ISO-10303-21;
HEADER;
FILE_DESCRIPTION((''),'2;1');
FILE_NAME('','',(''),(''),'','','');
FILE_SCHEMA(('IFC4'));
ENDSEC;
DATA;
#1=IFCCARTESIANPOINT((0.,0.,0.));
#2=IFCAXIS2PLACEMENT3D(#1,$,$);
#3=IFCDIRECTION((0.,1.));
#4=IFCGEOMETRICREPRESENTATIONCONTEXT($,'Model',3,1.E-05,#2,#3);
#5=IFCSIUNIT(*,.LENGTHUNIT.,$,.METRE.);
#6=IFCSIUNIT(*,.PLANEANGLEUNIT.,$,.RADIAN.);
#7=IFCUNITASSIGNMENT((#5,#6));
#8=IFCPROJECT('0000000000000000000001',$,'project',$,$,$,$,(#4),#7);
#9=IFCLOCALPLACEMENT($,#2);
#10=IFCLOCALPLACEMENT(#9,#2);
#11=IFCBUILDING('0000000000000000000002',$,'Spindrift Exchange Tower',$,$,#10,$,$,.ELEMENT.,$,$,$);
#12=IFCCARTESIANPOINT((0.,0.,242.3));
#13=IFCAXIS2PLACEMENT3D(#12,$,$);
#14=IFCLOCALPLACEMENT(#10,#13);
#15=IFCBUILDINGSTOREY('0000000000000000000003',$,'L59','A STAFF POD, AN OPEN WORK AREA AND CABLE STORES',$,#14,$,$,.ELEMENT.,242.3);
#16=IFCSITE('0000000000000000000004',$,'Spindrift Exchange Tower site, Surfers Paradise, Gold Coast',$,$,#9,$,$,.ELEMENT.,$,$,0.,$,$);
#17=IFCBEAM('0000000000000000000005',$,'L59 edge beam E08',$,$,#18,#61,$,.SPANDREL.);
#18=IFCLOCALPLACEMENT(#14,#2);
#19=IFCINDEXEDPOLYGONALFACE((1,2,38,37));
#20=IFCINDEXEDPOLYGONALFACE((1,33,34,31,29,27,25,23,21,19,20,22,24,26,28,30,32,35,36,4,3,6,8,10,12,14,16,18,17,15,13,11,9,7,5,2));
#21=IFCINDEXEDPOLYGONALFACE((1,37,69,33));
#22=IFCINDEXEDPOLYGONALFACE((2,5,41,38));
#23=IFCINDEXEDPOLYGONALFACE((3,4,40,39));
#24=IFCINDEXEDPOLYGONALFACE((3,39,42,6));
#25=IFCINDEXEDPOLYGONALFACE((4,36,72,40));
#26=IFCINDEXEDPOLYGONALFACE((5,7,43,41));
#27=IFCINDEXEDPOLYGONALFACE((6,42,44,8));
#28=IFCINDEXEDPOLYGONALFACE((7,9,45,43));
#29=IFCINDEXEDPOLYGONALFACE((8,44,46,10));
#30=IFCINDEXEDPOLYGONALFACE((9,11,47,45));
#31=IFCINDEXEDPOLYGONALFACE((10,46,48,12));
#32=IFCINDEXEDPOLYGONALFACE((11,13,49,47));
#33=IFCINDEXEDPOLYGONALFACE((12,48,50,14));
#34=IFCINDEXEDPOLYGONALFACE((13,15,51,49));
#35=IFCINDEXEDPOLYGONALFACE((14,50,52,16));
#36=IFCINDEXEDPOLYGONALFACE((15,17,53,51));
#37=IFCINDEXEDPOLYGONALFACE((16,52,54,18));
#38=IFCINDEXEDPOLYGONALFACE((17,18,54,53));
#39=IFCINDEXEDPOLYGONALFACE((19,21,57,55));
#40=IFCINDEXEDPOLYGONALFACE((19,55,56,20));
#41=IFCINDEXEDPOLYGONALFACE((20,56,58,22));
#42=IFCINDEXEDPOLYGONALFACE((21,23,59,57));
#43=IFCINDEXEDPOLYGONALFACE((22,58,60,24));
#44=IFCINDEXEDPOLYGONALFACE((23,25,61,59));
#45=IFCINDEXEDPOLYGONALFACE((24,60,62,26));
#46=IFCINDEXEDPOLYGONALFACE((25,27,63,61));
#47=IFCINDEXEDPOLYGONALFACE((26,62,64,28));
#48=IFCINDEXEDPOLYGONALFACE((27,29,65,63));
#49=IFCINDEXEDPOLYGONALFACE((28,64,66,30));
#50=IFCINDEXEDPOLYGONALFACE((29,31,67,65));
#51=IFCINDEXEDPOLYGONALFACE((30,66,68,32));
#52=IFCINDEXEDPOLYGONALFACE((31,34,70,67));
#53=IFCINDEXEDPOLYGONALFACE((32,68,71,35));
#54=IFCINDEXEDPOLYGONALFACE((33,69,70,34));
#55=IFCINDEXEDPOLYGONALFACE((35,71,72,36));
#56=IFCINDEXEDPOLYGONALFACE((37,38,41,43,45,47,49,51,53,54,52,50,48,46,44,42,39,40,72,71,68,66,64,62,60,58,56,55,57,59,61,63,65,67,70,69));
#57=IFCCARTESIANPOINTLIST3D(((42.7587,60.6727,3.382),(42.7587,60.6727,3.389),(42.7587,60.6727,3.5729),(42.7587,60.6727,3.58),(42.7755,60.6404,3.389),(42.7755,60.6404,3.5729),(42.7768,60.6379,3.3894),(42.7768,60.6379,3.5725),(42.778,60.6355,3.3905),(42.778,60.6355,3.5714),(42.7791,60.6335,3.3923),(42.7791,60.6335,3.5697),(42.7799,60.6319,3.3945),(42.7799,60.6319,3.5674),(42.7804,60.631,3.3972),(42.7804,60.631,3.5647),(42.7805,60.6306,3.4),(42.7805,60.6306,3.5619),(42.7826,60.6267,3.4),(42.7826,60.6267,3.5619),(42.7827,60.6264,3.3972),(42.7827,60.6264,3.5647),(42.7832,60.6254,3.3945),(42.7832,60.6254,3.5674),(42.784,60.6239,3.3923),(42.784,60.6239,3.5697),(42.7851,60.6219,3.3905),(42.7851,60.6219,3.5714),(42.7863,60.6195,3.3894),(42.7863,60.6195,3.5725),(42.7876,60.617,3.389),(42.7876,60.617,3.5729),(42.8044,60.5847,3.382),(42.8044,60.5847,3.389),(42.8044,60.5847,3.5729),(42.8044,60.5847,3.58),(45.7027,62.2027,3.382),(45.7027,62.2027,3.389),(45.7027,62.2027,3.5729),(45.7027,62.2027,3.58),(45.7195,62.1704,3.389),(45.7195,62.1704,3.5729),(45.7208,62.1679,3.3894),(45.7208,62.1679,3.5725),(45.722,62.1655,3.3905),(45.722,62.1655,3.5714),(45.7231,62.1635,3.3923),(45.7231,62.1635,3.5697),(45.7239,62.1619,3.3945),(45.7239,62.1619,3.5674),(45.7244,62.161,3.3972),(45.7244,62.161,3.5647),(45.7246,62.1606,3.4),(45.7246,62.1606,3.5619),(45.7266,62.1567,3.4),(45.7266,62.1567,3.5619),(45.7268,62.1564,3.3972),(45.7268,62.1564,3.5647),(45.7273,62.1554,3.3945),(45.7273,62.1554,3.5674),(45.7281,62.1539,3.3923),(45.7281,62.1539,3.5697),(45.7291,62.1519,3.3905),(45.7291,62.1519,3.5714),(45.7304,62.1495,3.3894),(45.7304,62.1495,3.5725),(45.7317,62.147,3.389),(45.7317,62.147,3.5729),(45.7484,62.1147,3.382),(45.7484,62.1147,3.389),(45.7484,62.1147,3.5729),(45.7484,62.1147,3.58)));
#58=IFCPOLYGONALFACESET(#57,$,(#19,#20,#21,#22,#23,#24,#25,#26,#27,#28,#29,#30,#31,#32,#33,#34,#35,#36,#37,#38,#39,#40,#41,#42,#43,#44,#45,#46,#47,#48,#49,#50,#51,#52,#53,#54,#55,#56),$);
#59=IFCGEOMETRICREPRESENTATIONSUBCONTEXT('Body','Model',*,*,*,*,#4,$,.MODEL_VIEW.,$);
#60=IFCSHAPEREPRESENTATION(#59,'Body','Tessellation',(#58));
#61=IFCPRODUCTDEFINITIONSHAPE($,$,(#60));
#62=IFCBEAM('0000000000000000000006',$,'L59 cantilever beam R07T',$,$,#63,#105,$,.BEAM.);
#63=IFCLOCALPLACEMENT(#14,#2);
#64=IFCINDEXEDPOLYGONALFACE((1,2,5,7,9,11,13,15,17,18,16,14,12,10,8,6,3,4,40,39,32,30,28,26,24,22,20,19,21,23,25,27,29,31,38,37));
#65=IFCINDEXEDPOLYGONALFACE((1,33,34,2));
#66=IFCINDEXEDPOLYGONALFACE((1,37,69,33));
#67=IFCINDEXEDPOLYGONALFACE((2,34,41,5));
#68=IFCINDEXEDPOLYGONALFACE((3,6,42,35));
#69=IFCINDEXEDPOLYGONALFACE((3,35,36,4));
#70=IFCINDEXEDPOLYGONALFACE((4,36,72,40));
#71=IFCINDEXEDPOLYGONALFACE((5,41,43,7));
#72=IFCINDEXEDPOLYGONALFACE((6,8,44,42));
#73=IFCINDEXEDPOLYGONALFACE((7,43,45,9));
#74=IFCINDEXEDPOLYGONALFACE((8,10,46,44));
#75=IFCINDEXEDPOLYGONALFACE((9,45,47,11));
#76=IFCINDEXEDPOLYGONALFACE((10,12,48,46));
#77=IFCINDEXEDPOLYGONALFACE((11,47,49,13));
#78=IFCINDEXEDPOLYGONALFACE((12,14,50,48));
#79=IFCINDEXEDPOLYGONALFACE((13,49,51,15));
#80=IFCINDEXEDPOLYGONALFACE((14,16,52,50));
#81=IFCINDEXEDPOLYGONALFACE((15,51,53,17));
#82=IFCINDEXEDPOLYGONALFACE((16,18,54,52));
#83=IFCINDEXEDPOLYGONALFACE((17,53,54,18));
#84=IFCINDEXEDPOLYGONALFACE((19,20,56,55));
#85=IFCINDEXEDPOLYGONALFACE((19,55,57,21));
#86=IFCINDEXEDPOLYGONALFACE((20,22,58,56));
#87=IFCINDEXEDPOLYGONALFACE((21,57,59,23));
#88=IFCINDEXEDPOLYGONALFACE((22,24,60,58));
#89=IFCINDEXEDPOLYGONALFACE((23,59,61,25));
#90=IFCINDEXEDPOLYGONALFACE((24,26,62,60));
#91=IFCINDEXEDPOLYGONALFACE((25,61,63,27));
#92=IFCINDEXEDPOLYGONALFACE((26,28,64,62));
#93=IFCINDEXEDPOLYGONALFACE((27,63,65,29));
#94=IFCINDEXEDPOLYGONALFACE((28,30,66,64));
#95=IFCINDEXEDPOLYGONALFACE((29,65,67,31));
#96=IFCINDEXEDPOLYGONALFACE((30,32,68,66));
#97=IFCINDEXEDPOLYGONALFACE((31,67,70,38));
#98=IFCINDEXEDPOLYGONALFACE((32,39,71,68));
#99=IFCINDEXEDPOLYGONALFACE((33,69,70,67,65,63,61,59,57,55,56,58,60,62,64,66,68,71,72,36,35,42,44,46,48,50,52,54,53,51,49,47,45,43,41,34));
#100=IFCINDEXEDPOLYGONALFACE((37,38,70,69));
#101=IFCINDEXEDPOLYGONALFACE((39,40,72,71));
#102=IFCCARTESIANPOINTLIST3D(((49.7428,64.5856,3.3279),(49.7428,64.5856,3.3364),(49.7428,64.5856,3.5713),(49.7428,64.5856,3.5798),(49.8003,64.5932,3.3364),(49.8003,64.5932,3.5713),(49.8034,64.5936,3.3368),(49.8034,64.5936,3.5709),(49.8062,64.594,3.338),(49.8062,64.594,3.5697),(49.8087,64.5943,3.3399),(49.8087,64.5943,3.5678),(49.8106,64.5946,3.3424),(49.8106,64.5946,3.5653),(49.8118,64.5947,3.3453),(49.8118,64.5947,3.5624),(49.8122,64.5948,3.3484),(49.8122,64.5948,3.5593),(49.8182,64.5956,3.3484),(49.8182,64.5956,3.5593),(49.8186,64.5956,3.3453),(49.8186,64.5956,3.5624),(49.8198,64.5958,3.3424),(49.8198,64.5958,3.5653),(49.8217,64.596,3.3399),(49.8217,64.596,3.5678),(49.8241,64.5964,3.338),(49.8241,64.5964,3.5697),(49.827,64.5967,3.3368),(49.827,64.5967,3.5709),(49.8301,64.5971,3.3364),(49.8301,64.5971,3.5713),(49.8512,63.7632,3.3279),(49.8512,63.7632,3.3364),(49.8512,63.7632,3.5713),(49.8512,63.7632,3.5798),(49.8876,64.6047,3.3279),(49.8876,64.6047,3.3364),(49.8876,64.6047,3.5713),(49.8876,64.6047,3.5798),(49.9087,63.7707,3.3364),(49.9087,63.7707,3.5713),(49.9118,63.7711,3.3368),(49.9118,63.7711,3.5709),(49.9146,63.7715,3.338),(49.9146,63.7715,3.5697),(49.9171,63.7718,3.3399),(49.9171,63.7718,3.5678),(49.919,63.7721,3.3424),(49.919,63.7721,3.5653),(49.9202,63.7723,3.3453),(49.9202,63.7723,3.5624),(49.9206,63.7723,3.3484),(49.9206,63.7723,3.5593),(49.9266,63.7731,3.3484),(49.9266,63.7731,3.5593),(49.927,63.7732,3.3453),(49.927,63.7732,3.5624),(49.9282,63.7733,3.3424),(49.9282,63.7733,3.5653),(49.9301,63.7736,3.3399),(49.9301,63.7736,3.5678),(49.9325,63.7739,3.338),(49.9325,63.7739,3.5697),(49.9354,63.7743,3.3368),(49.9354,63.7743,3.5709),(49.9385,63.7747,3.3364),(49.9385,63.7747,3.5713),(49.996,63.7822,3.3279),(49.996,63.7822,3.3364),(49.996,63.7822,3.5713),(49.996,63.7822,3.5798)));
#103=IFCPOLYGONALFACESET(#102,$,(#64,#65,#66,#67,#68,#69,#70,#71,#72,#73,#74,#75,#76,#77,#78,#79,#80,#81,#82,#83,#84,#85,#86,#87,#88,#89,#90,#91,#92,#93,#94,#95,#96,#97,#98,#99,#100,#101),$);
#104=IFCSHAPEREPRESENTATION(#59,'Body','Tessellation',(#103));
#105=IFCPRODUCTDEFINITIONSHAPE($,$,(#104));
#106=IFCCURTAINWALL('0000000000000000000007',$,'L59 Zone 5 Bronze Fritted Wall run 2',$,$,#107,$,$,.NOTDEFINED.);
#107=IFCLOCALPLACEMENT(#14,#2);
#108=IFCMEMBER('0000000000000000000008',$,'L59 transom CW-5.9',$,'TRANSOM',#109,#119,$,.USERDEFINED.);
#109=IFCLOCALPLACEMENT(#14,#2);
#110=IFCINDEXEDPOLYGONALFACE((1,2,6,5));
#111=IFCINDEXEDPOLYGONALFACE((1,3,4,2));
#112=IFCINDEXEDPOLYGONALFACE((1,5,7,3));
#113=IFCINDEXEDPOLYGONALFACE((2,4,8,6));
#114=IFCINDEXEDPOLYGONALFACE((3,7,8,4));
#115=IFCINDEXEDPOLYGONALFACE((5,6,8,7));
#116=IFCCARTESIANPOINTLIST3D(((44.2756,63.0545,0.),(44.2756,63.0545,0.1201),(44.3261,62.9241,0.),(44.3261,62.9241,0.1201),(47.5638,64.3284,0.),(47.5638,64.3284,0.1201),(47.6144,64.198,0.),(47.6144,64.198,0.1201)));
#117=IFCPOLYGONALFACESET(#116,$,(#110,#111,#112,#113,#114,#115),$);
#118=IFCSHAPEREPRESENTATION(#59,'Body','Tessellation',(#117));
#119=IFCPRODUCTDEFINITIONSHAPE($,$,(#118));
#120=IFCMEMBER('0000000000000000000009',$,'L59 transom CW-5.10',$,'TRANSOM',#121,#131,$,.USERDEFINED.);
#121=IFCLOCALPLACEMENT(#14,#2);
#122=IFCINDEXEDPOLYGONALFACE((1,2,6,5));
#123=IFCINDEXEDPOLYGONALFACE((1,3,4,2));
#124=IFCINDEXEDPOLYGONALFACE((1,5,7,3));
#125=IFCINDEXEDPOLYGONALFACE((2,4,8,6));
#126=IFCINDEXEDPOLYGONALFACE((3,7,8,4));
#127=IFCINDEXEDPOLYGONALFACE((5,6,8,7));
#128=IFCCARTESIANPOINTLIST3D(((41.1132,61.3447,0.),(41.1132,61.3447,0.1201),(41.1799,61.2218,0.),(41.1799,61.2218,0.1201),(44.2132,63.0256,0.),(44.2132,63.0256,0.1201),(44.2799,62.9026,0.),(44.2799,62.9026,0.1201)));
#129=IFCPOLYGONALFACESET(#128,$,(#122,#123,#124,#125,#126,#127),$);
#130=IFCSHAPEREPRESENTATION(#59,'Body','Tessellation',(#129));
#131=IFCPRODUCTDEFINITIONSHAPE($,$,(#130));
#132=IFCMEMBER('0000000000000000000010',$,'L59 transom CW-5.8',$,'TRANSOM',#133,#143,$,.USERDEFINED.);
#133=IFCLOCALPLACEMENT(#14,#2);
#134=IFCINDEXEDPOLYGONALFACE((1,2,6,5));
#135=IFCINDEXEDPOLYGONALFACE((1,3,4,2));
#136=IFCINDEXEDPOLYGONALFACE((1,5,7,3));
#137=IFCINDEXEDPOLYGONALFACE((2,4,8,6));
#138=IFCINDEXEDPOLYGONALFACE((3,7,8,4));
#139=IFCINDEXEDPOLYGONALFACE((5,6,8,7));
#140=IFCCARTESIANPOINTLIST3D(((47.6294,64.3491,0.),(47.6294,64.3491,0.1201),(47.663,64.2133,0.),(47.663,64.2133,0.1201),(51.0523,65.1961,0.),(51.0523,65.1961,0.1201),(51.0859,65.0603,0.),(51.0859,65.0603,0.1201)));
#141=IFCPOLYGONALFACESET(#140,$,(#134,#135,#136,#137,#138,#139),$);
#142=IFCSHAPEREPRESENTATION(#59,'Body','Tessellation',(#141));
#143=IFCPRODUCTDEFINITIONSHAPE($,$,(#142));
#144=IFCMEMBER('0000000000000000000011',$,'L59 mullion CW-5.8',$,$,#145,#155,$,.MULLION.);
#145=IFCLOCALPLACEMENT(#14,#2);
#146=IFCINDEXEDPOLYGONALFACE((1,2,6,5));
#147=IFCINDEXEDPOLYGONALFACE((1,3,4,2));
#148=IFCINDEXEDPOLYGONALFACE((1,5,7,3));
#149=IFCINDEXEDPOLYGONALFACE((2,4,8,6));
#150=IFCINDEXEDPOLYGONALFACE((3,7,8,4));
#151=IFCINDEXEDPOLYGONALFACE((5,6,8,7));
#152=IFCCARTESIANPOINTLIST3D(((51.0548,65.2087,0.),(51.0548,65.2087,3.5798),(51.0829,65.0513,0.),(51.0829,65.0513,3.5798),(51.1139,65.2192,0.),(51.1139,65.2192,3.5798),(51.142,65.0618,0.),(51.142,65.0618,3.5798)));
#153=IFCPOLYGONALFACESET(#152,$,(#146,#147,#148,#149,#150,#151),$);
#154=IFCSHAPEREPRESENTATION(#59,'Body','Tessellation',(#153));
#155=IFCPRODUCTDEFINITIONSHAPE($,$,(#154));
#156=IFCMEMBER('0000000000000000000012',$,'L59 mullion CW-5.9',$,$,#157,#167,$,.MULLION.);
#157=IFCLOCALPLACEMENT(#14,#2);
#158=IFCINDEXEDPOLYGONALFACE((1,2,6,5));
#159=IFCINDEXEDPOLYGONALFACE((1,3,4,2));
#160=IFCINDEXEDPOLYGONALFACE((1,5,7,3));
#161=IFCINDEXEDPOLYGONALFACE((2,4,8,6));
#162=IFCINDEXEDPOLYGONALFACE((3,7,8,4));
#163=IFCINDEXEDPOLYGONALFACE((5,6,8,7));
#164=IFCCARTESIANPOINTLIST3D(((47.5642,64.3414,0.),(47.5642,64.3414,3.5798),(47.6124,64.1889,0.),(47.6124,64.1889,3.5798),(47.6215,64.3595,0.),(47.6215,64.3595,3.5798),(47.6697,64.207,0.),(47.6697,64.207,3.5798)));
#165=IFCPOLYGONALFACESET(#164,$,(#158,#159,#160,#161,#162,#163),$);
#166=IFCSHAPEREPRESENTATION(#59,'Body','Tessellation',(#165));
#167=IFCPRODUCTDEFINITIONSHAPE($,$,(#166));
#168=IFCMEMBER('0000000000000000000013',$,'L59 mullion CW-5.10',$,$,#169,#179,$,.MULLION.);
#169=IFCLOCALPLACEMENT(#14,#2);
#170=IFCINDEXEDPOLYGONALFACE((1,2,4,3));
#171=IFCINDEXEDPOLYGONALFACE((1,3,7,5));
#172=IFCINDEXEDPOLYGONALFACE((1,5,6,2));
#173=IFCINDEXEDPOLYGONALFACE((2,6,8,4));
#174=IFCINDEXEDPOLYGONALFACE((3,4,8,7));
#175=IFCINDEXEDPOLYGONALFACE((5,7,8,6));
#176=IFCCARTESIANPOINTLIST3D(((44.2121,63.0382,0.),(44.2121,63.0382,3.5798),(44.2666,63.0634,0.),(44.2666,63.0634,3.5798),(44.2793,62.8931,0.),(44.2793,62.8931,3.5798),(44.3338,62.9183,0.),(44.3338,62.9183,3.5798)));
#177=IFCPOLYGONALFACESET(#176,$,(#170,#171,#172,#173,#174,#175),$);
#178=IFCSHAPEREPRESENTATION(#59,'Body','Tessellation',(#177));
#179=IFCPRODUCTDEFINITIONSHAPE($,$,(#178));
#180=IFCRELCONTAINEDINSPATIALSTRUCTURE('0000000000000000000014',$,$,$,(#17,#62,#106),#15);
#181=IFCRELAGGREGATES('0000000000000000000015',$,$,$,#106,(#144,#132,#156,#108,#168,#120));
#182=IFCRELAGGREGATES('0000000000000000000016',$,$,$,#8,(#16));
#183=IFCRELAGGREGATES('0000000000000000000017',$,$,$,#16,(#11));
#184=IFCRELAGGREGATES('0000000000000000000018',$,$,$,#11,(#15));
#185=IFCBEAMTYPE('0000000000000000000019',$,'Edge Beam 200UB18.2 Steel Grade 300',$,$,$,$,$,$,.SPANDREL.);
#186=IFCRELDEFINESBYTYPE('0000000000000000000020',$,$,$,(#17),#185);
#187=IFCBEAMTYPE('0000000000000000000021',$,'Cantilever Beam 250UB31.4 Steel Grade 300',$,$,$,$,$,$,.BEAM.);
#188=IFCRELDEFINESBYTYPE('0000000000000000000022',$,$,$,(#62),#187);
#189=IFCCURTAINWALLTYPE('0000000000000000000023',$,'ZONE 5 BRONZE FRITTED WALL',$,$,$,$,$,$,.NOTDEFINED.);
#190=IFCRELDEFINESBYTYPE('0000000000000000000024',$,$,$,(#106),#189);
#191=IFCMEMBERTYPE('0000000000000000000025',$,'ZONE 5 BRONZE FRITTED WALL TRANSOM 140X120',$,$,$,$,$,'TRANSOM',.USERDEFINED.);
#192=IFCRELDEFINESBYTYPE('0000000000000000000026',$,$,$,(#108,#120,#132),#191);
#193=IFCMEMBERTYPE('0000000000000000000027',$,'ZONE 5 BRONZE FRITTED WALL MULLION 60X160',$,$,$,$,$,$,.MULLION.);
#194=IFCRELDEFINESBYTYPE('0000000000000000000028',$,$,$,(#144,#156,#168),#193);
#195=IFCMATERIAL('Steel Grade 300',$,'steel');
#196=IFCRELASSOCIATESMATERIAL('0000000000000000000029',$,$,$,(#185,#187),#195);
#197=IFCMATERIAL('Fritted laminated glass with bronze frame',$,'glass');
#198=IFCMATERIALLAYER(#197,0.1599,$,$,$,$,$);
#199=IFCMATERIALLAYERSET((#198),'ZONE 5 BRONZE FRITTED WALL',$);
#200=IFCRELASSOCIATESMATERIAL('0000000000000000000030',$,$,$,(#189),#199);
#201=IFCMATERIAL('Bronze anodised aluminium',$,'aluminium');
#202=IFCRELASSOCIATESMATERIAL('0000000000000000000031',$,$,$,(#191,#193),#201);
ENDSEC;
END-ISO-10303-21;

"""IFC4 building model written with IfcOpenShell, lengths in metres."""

from ifc_helpers import new_model, si_unit, direction, frame, origin, origin_2d, place, context, subcontext, project, spatial, rectangle, i_section, extrude, source, transform, mapped, material, layer, layer_set, material_profile, profile_set, type_object, element, aggregate, save


model = new_model("IFC4")

# Units and contexts
model_context = context("Model", 3, precision=1e-05, world=origin(), true_north=direction((0.0, 1.0)))
body_context = subcontext(model_context, "Body", "Model", "MODEL_VIEW")
ifc_project = project(units=[si_unit("LENGTHUNIT", "METRE"), si_unit("PLANEANGLEUNIT", "RADIAN")], contexts=[model_context])

# Site, building, storey
site_placement = place(None, origin())
site = spatial("IfcSite", under=ifc_project, at=site_placement, Name="Spindrift Exchange Tower site, Surfers Paradise, Gold Coast", CompositionType="ELEMENT", RefElevation=0.0)
building_placement = place(site_placement, origin())
building = spatial("IfcBuilding", under=site, at=building_placement, Name="Spindrift Exchange Tower", CompositionType="ELEMENT")
storey_placement = place(building_placement, frame((0.0, 0.0, 242.3)))
storey = spatial("IfcBuildingStorey", under=building, at=storey_placement, Name="L59", Description="A STAFF POD, AN OPEN WORK AREA AND CABLE STORES", CompositionType="ELEMENT", Elevation=242.3)

# Beams
ifc_material_1 = material(Name="Steel Grade 300", Category="steel")
ifc_material_profile_1 = material_profile(ifc_material_1, i_section(OverallWidth=0.0991, OverallDepth=0.198, WebThickness=0.0044, FlangeThickness=0.0071, FilletRadius=0.011, at=origin_2d()), Name="200UB18.2")
ifc_profile_set_1 = profile_set([ifc_material_profile_1], Name="Steel Grade 300")
beam_type_1 = type_object("IfcBeamType", Name="Edge Beam 200UB18.2 Steel Grade 300", PredefinedType="SPANDREL", material=ifc_profile_set_1)
shared_shape_1 = source(origin(), body_context, "Body", "SweptSolid", [
    extrude(i_section(OverallWidth=0.0991, OverallDepth=0.198, WebThickness=0.0044, FlangeThickness=0.0071, FilletRadius=0.011, at=origin_2d()), origin(), (0.0, 0.0, 1.0), 3.3179),
])
beam_1_placement = place(storey_placement, frame((45.7256, 62.1587, 3.481), z_axis=(-0.887328, -0.46114, 0.0), x_axis=(0.46114, -0.887328, 0.0)))
element("IfcBeam", 1, at=beam_1_placement, inside=storey, type_object=beam_type_1, Name="L59 edge beam E08", PredefinedType="SPANDREL", context=body_context, shape_type="MappedRepresentation", body=[
    mapped(shared_shape_1, transform((0.0, 0.0, 0.0), scale=1.0)),
])
ifc_material_profile_2 = material_profile(ifc_material_1, i_section(OverallWidth=0.146, OverallDepth=0.252, WebThickness=0.0061, FlangeThickness=0.0085, FilletRadius=0.012, at=origin_2d()), Name="250UB31.4")
ifc_profile_set_2 = profile_set([ifc_material_profile_2], Name="Steel Grade 300")
beam_type_2 = type_object("IfcBeamType", Name="Cantilever Beam 250UB31.4 Steel Grade 300", PredefinedType="BEAM", material=ifc_profile_set_2)
shared_shape_2 = source(origin(), body_context, "Body", "SweptSolid", [
    extrude(i_section(OverallWidth=0.146, OverallDepth=0.252, WebThickness=0.0061, FlangeThickness=0.0085, FilletRadius=0.012, at=origin_2d()), origin(), (0.0, 0.0, 1.0), 0.8296),
])
beam_2_placement = place(storey_placement, frame((49.9236, 63.7727, 3.4539), z_axis=(-0.13066, 0.991427, 0.0), x_axis=(-0.991427, -0.13066, 0.0)))
element("IfcBeam", 2, at=beam_2_placement, inside=storey, type_object=beam_type_2, Name="L59 cantilever beam R07T", PredefinedType="BEAM", context=body_context, shape_type="MappedRepresentation", body=[
    mapped(shared_shape_2, transform((0.0, 0.0, 0.0), scale=1.0)),
])

# Curtain wall, members
ifc_material_2 = material(Name="Fritted laminated glass with bronze frame", Category="glass")
ifc_layer_1 = layer(ifc_material_2, 0.1599)
ifc_layer_set_1 = layer_set([ifc_layer_1], Name="ZONE 5 BRONZE FRITTED WALL")
curtain_wall_type = type_object("IfcCurtainWallType", Name="ZONE 5 BRONZE FRITTED WALL", PredefinedType="NOTDEFINED", material=ifc_layer_set_1)
curtain_wall_placement = place(storey_placement, origin())
curtain_wall = element("IfcCurtainWall", 3, at=curtain_wall_placement, inside=storey, type_object=curtain_wall_type, Name="L59 Zone 5 Bronze Fritted Wall run 2", PredefinedType="NOTDEFINED")
ifc_material_3 = material(Name="Bronze anodised aluminium", Category="aluminium")
ifc_material_profile_3 = material_profile(ifc_material_3, rectangle(XDim=0.1399, YDim=0.1201, at=origin_2d()), Name="ZONE 5 BRONZE FRITTED WALL TRANSOM 140X120")
ifc_profile_set_3 = profile_set([ifc_material_profile_3], Name="Bronze anodised aluminium")
member_type_1 = type_object("IfcMemberType", Name="ZONE 5 BRONZE FRITTED WALL TRANSOM 140X120", ElementType="TRANSOM", PredefinedType="USERDEFINED", material=ifc_profile_set_3)
shared_shape_3 = source(origin(), body_context, "Body", "SweptSolid", [
    extrude(rectangle(XDim=0.1399, YDim=0.1201, at=origin_2d()), origin(), (0.0, 0.0, 1.0), 3.5264),
])
member_1_placement = place(storey_placement, frame((47.5891, 64.2632, 0.0601), z_axis=(-0.93247, -0.361247, 0.0), x_axis=(0.361247, -0.93247, 0.0)))
member_1 = element("IfcMember", 4, at=member_1_placement, type_object=member_type_1, Name="L59 transom CW-5.9", ObjectType="TRANSOM", PredefinedType="USERDEFINED", context=body_context, shape_type="MappedRepresentation", body=[
    mapped(shared_shape_3, transform((0.0, 0.0, 0.0), scale=1.0)),
])
member_2_placement = place(storey_placement, frame((44.2466, 62.9641, 0.0601), z_axis=(-0.879091, -0.476653, 0.0), x_axis=(0.476653, -0.879091, 0.0)))
member_2 = element("IfcMember", 5, at=member_2_placement, type_object=member_type_1, Name="L59 transom CW-5.10", ObjectType="TRANSOM", PredefinedType="USERDEFINED", context=body_context, shape_type="MappedRepresentation", body=[
    mapped(shared_shape_3, transform((0.0, 0.0, 0.0), scale=1.0)),
])
shared_shape_4 = source(origin(), body_context, "Body", "SweptSolid", [
    extrude(rectangle(XDim=0.1399, YDim=0.1201, at=origin_2d()), origin(), (0.0, 0.0, 1.0), 3.5261),
])
member_3_placement = place(storey_placement, frame((51.0691, 65.1282, 0.0601), z_axis=(-0.970726, -0.240189, 0.0), x_axis=(0.240189, -0.970726, 0.0)))
member_3 = element("IfcMember", 6, at=member_3_placement, type_object=member_type_1, Name="L59 transom CW-5.8", ObjectType="TRANSOM", PredefinedType="USERDEFINED", context=body_context, shape_type="MappedRepresentation", body=[
    mapped(shared_shape_4, transform((0.0, 0.0, 0.0), scale=1.0)),
])
ifc_material_profile_4 = material_profile(ifc_material_3, rectangle(XDim=0.0601, YDim=0.1599, at=origin_2d()), Name="ZONE 5 BRONZE FRITTED WALL MULLION 60X160")
ifc_profile_set_4 = profile_set([ifc_material_profile_4], Name="Bronze anodised aluminium")
member_type_2 = type_object("IfcMemberType", Name="ZONE 5 BRONZE FRITTED WALL MULLION 60X160", PredefinedType="MULLION", material=ifc_profile_set_4)
shared_shape_5 = source(origin(), body_context, "Body", "SweptSolid", [
    extrude(rectangle(XDim=0.0601, YDim=0.1599, at=origin_2d()), origin(), (0.0, 0.0, 1.0), 3.5798),
])
member_4_placement = place(storey_placement, frame((51.0984, 65.1353, 0.0), z_axis=(0.0, 0.0, 1.0), x_axis=(-0.984413, -0.175874, 0.0)))
member_4 = element("IfcMember", 7, at=member_4_placement, type_object=member_type_2, Name="L59 mullion CW-5.8", PredefinedType="MULLION", context=body_context, shape_type="MappedRepresentation", body=[
    mapped(shared_shape_5, transform((0.0, 0.0, 0.0), scale=1.0)),
])
member_5_placement = place(storey_placement, frame((47.6169, 64.2742, 0.0), z_axis=(0.0, 0.0, 1.0), x_axis=(-0.953518, -0.301335, 0.0)))
member_5 = element("IfcMember", 8, at=member_5_placement, type_object=member_type_2, Name="L59 mullion CW-5.9", PredefinedType="MULLION", context=body_context, shape_type="MappedRepresentation", body=[
    mapped(shared_shape_5, transform((0.0, 0.0, 0.0), scale=1.0)),
])
member_6_placement = place(storey_placement, frame((44.2729, 62.9783, 0.0), z_axis=(0.0, 0.0, 1.0), x_axis=(-0.907604, -0.419828, 0.0)))
member_6 = element("IfcMember", 9, at=member_6_placement, type_object=member_type_2, Name="L59 mullion CW-5.10", PredefinedType="MULLION", context=body_context, shape_type="MappedRepresentation", body=[
    mapped(shared_shape_5, transform((0.0, 0.0, 0.0), scale=1.0)),
])
aggregate(curtain_wall, [member_4, member_3, member_5, member_1, member_6, member_2])

save(model, "model.ifc")
